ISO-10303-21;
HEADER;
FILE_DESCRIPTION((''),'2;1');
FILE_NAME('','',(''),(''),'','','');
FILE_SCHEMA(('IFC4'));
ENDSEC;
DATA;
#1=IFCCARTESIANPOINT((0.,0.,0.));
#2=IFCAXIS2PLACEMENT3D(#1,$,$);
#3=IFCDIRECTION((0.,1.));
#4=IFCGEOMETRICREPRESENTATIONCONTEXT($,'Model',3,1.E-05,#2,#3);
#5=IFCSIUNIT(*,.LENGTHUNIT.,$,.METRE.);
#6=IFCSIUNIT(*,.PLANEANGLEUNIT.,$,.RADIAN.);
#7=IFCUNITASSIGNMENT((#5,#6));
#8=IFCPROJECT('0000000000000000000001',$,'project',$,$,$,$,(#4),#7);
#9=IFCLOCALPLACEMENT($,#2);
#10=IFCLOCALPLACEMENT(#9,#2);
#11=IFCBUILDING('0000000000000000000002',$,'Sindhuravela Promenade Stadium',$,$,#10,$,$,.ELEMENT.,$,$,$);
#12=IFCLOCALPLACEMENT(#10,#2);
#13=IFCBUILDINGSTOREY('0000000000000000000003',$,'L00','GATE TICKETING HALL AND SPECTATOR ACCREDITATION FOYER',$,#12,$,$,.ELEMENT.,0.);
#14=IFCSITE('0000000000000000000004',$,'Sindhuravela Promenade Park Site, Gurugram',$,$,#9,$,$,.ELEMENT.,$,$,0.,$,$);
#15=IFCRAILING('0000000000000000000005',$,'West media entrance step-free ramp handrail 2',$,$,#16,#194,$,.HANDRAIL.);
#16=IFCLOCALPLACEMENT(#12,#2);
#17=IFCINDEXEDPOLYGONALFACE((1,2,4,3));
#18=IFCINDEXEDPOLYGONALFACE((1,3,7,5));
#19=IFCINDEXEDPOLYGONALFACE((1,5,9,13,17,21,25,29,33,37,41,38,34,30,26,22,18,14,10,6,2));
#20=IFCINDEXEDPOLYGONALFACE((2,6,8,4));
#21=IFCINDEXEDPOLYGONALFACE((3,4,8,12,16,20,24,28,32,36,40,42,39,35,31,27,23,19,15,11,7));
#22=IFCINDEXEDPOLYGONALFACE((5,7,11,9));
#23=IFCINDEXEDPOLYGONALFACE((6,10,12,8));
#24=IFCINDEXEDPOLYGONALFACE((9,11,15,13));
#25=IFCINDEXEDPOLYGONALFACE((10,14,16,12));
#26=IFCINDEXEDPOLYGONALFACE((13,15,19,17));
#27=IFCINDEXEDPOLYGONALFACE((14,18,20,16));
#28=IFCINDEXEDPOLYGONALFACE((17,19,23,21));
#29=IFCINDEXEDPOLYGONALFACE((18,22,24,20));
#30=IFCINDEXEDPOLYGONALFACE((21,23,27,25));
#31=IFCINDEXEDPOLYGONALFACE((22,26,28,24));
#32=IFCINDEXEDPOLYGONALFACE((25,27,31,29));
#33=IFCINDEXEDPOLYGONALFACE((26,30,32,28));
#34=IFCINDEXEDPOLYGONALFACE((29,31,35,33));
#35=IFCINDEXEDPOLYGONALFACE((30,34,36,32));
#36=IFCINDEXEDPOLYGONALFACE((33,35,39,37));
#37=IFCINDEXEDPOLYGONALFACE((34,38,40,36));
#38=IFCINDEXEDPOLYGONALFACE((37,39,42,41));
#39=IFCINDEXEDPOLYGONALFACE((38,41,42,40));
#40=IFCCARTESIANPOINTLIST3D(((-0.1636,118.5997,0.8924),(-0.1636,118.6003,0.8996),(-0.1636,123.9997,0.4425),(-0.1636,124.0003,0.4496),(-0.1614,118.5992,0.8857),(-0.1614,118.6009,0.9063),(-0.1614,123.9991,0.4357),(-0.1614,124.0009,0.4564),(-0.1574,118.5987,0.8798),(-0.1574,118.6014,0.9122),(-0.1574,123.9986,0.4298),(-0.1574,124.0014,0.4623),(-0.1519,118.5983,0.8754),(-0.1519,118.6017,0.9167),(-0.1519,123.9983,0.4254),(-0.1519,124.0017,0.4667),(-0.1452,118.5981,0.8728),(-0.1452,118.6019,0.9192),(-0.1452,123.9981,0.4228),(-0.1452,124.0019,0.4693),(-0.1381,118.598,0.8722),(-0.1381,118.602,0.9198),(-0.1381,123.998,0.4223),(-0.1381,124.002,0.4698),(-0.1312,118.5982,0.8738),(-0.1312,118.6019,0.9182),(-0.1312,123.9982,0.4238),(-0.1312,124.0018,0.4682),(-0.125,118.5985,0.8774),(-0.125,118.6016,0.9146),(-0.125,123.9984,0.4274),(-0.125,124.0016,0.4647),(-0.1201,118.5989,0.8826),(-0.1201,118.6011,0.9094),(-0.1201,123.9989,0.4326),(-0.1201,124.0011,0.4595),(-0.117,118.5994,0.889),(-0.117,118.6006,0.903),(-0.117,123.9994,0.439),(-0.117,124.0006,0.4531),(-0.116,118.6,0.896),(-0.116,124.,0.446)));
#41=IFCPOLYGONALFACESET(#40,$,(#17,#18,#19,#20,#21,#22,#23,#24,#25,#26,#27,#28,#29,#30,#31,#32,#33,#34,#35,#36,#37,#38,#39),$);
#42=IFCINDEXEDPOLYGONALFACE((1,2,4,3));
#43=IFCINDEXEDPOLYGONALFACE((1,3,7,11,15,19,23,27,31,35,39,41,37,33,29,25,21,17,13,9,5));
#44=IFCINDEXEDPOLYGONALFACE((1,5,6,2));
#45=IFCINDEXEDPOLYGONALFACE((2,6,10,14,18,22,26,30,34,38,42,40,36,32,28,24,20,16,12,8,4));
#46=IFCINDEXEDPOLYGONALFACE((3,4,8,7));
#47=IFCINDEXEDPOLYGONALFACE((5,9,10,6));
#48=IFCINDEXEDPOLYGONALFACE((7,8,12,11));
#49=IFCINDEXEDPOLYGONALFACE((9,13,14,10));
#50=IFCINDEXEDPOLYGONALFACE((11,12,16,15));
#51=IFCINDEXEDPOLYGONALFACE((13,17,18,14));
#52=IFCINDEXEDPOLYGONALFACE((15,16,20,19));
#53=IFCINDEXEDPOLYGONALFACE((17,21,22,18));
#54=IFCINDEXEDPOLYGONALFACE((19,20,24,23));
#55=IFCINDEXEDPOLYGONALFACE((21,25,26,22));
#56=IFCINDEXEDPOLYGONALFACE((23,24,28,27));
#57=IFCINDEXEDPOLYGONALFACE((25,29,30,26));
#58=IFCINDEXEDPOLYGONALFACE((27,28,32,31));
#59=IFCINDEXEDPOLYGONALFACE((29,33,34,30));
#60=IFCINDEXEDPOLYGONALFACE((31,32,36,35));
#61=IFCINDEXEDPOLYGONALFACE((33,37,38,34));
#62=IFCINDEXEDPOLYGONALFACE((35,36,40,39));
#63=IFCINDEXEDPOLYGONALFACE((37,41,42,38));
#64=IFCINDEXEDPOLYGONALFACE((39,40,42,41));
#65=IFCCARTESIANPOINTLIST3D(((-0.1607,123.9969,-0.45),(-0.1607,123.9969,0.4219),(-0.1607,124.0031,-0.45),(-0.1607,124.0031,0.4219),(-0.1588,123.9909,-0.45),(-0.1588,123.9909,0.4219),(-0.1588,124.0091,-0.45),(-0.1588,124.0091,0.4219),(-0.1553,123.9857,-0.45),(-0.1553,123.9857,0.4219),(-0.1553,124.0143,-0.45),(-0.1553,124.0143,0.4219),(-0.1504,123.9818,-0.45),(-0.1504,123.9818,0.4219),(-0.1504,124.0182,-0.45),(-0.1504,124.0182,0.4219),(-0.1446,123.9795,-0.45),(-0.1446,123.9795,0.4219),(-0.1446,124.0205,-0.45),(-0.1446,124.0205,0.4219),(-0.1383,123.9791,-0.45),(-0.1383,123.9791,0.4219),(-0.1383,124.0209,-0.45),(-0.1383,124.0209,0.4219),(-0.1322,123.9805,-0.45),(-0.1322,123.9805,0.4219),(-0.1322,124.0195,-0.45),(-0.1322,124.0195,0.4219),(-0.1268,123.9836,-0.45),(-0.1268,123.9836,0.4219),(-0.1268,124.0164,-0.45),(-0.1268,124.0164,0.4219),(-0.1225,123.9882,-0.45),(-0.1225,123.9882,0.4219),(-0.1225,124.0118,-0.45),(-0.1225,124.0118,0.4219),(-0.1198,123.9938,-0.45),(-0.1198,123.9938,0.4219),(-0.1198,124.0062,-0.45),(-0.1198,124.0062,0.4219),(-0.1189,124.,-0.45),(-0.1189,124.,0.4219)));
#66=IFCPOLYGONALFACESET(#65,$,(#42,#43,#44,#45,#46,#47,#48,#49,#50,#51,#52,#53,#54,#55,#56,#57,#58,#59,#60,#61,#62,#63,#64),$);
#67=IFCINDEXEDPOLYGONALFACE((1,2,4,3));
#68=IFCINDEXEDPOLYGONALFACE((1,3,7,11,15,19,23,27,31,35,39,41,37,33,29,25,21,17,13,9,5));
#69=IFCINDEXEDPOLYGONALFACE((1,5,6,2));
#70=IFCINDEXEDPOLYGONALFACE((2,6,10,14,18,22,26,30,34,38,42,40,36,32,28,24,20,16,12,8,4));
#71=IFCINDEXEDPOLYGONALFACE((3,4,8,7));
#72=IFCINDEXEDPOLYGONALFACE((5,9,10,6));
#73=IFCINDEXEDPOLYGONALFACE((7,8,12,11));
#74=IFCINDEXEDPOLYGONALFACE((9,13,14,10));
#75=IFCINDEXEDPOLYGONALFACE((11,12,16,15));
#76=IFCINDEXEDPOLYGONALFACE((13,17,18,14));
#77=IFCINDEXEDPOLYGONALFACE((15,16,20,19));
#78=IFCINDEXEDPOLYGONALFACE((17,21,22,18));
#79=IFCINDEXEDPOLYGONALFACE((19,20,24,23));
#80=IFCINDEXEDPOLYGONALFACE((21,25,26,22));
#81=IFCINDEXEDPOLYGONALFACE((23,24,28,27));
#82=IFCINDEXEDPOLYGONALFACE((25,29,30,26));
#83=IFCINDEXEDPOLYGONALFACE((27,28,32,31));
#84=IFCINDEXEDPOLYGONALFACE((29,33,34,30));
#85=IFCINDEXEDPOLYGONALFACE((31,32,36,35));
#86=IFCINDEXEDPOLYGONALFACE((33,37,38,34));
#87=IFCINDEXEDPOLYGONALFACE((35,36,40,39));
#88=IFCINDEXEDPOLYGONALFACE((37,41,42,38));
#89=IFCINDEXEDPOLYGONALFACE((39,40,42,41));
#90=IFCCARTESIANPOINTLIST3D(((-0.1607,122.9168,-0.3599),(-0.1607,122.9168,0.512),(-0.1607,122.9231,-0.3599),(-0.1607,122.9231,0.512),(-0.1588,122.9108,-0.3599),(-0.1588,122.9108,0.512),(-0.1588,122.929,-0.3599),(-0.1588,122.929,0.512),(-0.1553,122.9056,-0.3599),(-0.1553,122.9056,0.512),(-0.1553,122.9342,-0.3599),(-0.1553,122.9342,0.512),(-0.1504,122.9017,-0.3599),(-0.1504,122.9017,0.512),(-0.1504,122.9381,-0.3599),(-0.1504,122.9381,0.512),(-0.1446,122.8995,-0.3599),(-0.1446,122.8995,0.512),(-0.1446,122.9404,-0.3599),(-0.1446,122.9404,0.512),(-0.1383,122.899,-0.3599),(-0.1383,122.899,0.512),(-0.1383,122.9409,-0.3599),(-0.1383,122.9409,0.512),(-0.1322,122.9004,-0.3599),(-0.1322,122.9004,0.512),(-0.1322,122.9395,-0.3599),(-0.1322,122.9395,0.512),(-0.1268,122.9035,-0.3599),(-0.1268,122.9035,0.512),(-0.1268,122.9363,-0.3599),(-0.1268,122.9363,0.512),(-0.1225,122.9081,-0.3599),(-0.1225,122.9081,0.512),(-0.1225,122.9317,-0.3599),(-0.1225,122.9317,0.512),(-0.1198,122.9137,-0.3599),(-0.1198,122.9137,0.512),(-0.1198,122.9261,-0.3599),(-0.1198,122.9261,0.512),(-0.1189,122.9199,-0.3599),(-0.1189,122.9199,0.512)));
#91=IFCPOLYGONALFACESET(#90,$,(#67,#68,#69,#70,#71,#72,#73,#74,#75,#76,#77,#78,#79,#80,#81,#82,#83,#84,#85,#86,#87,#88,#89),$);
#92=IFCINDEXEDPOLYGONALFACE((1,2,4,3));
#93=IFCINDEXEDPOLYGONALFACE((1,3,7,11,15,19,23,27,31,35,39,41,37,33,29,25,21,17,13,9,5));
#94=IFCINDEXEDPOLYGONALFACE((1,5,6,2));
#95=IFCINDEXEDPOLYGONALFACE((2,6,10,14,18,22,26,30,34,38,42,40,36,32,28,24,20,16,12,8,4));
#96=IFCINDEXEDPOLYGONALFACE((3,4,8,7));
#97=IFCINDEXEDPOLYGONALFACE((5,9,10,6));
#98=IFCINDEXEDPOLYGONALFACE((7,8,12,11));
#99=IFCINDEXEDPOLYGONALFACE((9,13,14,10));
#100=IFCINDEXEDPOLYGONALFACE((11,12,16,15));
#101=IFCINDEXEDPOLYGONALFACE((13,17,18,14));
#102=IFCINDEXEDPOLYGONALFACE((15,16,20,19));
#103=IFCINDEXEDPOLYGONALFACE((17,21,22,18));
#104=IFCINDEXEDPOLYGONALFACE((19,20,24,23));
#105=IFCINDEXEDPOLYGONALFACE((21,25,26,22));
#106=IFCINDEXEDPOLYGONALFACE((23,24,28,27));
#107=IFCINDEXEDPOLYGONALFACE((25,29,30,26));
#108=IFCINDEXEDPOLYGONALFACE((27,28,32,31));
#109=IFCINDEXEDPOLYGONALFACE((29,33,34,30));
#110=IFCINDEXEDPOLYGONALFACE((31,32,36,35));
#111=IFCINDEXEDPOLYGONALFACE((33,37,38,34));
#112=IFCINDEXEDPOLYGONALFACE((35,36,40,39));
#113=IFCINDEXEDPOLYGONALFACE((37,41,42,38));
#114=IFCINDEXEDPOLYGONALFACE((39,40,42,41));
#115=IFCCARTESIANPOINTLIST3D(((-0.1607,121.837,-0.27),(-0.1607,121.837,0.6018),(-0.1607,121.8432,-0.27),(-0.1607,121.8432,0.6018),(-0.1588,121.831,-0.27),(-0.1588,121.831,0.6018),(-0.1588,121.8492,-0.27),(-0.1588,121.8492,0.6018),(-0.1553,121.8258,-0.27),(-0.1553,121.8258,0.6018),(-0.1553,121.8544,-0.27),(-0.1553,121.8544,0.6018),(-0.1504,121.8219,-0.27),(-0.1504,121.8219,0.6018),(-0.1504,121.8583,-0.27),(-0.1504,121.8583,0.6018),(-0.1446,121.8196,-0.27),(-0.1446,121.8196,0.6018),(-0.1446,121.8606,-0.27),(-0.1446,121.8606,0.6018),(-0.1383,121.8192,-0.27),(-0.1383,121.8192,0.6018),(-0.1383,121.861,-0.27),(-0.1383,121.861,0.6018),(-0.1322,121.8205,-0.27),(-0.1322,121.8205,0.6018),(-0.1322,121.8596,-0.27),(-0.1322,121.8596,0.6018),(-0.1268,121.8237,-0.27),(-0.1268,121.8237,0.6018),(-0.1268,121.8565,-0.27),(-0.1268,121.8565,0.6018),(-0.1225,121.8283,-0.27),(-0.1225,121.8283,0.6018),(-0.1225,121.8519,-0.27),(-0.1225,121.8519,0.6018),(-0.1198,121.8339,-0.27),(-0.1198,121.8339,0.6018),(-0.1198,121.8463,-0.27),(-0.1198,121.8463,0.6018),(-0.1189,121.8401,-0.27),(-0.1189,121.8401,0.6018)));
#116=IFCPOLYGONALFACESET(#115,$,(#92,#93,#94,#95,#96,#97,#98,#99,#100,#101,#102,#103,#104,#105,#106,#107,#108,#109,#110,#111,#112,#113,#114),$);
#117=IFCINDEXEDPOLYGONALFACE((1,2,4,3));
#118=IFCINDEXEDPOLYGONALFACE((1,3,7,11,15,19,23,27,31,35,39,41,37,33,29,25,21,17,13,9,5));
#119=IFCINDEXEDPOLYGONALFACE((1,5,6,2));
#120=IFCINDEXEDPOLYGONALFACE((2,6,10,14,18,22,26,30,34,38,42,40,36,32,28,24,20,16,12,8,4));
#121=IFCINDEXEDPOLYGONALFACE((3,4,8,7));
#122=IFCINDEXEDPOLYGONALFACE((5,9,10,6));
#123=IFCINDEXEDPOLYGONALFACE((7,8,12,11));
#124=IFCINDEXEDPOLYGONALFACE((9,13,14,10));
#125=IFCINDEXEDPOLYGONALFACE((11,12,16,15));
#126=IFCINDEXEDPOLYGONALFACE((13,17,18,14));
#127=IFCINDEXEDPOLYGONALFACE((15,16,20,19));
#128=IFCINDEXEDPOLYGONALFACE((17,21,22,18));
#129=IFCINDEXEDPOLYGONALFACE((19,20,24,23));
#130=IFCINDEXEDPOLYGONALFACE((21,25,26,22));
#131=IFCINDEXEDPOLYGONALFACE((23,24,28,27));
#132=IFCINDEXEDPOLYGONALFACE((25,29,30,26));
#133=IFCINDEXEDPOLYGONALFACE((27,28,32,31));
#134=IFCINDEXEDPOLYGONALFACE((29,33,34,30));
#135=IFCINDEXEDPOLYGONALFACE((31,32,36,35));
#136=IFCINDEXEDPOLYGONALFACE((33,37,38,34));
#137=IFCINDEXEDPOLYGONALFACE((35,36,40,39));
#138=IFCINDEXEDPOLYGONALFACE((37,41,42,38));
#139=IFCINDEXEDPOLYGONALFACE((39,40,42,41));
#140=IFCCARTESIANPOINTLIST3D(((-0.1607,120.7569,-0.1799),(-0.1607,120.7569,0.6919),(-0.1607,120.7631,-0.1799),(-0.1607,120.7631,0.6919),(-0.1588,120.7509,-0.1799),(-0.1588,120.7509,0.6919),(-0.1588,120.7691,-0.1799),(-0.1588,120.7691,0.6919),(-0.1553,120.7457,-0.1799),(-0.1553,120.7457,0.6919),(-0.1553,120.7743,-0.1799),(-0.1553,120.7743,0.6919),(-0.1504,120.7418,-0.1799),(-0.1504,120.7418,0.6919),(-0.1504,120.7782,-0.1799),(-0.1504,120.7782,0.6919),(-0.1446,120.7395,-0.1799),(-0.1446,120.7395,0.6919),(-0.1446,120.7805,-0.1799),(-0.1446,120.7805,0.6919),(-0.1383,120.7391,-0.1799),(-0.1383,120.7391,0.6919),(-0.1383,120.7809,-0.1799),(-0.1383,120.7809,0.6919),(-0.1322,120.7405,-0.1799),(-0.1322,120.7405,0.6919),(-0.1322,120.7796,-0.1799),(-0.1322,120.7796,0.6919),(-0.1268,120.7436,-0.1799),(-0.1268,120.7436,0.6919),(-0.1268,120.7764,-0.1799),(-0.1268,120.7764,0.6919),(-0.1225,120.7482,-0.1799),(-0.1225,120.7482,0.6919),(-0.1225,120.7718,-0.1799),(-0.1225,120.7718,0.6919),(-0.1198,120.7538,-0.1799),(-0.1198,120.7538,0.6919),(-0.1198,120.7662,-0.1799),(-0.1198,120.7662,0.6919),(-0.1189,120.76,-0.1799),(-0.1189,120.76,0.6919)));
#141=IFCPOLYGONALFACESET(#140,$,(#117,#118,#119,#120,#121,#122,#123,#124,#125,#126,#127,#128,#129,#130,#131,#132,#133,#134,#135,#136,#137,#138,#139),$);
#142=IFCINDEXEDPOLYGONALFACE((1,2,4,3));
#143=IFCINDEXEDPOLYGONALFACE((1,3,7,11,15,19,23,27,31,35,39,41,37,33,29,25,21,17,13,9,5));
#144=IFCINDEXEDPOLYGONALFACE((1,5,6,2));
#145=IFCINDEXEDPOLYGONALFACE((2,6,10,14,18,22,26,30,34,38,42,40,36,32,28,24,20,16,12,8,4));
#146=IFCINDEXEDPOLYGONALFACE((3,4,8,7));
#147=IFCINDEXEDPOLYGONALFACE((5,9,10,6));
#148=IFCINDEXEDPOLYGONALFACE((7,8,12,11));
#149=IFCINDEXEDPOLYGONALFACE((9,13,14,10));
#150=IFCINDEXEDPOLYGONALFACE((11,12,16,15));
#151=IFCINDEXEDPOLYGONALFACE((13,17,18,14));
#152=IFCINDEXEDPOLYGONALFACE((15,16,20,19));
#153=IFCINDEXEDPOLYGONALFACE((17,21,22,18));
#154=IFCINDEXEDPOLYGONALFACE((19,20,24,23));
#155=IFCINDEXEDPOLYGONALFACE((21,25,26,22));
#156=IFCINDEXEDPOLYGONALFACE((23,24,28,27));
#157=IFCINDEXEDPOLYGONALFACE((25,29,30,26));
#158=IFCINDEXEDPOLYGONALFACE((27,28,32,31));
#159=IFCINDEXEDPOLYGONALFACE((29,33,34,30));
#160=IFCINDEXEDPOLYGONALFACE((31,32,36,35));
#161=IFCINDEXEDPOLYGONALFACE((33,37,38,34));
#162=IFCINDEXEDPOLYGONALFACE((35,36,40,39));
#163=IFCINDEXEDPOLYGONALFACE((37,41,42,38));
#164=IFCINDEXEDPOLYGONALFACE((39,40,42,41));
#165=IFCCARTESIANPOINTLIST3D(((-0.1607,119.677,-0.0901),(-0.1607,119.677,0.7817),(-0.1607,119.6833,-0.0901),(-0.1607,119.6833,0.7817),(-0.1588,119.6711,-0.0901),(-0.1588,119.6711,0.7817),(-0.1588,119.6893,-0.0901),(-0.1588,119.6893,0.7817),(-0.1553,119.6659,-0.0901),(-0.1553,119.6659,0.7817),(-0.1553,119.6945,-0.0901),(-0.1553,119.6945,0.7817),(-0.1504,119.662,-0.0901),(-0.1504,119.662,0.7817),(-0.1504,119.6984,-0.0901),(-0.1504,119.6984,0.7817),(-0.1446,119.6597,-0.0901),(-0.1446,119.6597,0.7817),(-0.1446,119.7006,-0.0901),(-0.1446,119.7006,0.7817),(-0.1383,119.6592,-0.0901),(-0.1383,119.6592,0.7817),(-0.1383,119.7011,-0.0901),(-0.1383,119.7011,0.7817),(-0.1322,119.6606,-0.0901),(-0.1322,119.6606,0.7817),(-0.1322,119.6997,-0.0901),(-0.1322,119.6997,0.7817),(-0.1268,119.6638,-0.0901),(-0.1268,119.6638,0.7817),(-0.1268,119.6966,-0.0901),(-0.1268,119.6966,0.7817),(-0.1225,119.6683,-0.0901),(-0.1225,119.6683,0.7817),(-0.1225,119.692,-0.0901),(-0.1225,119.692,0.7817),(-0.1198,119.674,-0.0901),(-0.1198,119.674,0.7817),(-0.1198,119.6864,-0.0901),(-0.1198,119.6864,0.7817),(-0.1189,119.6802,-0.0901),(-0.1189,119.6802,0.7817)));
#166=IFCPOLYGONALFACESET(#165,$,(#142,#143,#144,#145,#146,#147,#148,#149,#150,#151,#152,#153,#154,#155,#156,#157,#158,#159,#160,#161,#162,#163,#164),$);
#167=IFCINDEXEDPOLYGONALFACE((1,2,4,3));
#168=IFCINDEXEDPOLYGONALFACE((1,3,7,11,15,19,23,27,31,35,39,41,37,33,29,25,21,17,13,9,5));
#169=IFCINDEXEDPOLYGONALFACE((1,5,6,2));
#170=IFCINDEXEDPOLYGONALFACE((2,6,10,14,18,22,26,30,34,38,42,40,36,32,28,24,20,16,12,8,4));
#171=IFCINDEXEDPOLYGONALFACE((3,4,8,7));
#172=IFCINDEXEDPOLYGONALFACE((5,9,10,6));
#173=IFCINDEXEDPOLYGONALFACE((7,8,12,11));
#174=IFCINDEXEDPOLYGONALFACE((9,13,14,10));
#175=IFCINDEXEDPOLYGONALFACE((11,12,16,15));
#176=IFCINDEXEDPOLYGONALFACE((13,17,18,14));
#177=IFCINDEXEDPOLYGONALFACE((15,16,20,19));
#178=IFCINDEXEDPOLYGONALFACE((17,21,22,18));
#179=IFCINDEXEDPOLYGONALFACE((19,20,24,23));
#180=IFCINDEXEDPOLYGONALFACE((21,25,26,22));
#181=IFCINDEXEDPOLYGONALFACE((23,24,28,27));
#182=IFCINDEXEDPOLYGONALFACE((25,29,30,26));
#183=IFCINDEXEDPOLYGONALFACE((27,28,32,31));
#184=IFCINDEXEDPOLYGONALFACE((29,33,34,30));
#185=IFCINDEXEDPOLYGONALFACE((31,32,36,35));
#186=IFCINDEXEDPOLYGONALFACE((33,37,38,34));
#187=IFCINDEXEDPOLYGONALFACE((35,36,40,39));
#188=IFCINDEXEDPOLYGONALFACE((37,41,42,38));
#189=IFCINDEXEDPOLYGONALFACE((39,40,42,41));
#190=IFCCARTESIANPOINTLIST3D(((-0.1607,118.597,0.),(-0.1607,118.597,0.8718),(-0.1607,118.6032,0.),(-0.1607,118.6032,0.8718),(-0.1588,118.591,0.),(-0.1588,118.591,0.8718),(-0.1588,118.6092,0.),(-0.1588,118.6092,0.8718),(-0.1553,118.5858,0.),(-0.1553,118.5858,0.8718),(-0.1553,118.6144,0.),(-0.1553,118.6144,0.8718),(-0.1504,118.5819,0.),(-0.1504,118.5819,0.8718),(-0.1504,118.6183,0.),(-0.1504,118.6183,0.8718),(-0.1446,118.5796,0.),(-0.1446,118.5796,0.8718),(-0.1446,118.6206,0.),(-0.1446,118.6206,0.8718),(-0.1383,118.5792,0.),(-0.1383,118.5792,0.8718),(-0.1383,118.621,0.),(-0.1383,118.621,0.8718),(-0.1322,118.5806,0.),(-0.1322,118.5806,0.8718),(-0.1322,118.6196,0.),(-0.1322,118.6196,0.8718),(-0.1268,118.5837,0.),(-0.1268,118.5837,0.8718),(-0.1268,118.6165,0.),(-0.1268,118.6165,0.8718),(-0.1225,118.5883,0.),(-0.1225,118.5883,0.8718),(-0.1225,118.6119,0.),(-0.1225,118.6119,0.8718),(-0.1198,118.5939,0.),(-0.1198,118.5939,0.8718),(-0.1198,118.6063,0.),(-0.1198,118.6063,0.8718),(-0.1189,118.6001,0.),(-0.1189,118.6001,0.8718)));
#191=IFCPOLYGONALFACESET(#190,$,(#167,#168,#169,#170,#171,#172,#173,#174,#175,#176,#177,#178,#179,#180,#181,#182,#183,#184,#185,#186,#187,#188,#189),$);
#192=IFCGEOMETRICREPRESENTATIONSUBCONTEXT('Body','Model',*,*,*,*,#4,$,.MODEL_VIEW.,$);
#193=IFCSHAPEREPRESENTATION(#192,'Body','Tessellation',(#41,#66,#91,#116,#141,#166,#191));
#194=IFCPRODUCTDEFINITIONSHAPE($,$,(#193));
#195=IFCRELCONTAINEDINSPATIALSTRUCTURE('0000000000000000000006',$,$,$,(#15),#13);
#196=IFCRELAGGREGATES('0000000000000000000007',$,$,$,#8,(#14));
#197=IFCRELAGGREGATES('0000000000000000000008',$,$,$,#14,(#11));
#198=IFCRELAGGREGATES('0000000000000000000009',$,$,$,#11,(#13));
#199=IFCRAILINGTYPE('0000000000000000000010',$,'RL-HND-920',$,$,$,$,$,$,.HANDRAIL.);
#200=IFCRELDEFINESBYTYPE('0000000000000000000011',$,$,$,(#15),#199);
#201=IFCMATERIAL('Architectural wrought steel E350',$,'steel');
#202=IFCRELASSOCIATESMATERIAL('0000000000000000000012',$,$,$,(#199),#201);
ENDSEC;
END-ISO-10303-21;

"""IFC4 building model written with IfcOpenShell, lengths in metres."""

from ifc_helpers import new_model, si_unit, direction, frame, origin, origin_2d, place, context, subcontext, project, spatial, circle, extrude, material, type_object, element, save


model = new_model("IFC4")

# Units and contexts
model_context = context("Model", 3, precision=1e-05, world=origin(), true_north=direction((0.0, 1.0)))
body_context = subcontext(model_context, "Body", "Model", "MODEL_VIEW")
ifc_project = project(units=[si_unit("LENGTHUNIT", "METRE"), si_unit("PLANEANGLEUNIT", "RADIAN")], contexts=[model_context])

# Site, building, storey
site_placement = place(None, origin())
site = spatial("IfcSite", under=ifc_project, at=site_placement, Name="Sindhuravela Promenade Park Site, Gurugram", CompositionType="ELEMENT", RefElevation=0.0)
building_placement = place(site_placement, origin())
building = spatial("IfcBuilding", under=site, at=building_placement, Name="Sindhuravela Promenade Stadium", CompositionType="ELEMENT")
storey_placement = place(building_placement, origin())
storey = spatial("IfcBuildingStorey", under=building, at=storey_placement, Name="L00", Description="GATE TICKETING HALL AND SPECTATOR ACCREDITATION FOYER", CompositionType="ELEMENT", Elevation=0.0)

# Railing
ifc_material_1 = material(Name="Architectural wrought steel E350", Category="steel")
railing_type = type_object("IfcRailingType", Name="RL-HND-920", PredefinedType="HANDRAIL", material=ifc_material_1)
for number, where, name in (
    (1, (-0.1399, 124.0, -0.45), "West media entrance step-free ramp handrail 2"),
):
    element("IfcRailing", number, at=place(storey_placement, frame(where)), inside=storey, type_object=railing_type, Name=name, PredefinedType="HANDRAIL", context=body_context, shape_type="SweptSolid", body=[
        extrude(circle(Radius=0.0239, at=origin_2d()), frame((0.0, 0.0, 0.896), z_axis=(0.0, -0.996546, 0.083038), x_axis=(1.0, 0.0, 0.0)), (0.0, 0.0, 1.0), 5.4187),
        extrude(circle(Radius=0.021, at=origin_2d()), origin(), (0.0, 0.0, 1.0), 0.8718),
        extrude(circle(Radius=0.021, at=origin_2d()), frame((0.0, -1.0801, 0.0901)), (0.0, 0.0, 1.0), 0.8718),
        extrude(circle(Radius=0.021, at=origin_2d()), frame((0.0, -2.1599, 0.1799)), (0.0, 0.0, 1.0), 0.8718),
        extrude(circle(Radius=0.021, at=origin_2d()), frame((0.0, -3.24, 0.27)), (0.0, 0.0, 1.0), 0.8718),
        extrude(circle(Radius=0.021, at=origin_2d()), frame((0.0, -4.3198, 0.3599)), (0.0, 0.0, 1.0), 0.8718),
        extrude(circle(Radius=0.021, at=origin_2d()), frame((0.0, -5.3999, 0.45)), (0.0, 0.0, 1.0), 0.8718),
    ])

save(model, "model.ifc")
